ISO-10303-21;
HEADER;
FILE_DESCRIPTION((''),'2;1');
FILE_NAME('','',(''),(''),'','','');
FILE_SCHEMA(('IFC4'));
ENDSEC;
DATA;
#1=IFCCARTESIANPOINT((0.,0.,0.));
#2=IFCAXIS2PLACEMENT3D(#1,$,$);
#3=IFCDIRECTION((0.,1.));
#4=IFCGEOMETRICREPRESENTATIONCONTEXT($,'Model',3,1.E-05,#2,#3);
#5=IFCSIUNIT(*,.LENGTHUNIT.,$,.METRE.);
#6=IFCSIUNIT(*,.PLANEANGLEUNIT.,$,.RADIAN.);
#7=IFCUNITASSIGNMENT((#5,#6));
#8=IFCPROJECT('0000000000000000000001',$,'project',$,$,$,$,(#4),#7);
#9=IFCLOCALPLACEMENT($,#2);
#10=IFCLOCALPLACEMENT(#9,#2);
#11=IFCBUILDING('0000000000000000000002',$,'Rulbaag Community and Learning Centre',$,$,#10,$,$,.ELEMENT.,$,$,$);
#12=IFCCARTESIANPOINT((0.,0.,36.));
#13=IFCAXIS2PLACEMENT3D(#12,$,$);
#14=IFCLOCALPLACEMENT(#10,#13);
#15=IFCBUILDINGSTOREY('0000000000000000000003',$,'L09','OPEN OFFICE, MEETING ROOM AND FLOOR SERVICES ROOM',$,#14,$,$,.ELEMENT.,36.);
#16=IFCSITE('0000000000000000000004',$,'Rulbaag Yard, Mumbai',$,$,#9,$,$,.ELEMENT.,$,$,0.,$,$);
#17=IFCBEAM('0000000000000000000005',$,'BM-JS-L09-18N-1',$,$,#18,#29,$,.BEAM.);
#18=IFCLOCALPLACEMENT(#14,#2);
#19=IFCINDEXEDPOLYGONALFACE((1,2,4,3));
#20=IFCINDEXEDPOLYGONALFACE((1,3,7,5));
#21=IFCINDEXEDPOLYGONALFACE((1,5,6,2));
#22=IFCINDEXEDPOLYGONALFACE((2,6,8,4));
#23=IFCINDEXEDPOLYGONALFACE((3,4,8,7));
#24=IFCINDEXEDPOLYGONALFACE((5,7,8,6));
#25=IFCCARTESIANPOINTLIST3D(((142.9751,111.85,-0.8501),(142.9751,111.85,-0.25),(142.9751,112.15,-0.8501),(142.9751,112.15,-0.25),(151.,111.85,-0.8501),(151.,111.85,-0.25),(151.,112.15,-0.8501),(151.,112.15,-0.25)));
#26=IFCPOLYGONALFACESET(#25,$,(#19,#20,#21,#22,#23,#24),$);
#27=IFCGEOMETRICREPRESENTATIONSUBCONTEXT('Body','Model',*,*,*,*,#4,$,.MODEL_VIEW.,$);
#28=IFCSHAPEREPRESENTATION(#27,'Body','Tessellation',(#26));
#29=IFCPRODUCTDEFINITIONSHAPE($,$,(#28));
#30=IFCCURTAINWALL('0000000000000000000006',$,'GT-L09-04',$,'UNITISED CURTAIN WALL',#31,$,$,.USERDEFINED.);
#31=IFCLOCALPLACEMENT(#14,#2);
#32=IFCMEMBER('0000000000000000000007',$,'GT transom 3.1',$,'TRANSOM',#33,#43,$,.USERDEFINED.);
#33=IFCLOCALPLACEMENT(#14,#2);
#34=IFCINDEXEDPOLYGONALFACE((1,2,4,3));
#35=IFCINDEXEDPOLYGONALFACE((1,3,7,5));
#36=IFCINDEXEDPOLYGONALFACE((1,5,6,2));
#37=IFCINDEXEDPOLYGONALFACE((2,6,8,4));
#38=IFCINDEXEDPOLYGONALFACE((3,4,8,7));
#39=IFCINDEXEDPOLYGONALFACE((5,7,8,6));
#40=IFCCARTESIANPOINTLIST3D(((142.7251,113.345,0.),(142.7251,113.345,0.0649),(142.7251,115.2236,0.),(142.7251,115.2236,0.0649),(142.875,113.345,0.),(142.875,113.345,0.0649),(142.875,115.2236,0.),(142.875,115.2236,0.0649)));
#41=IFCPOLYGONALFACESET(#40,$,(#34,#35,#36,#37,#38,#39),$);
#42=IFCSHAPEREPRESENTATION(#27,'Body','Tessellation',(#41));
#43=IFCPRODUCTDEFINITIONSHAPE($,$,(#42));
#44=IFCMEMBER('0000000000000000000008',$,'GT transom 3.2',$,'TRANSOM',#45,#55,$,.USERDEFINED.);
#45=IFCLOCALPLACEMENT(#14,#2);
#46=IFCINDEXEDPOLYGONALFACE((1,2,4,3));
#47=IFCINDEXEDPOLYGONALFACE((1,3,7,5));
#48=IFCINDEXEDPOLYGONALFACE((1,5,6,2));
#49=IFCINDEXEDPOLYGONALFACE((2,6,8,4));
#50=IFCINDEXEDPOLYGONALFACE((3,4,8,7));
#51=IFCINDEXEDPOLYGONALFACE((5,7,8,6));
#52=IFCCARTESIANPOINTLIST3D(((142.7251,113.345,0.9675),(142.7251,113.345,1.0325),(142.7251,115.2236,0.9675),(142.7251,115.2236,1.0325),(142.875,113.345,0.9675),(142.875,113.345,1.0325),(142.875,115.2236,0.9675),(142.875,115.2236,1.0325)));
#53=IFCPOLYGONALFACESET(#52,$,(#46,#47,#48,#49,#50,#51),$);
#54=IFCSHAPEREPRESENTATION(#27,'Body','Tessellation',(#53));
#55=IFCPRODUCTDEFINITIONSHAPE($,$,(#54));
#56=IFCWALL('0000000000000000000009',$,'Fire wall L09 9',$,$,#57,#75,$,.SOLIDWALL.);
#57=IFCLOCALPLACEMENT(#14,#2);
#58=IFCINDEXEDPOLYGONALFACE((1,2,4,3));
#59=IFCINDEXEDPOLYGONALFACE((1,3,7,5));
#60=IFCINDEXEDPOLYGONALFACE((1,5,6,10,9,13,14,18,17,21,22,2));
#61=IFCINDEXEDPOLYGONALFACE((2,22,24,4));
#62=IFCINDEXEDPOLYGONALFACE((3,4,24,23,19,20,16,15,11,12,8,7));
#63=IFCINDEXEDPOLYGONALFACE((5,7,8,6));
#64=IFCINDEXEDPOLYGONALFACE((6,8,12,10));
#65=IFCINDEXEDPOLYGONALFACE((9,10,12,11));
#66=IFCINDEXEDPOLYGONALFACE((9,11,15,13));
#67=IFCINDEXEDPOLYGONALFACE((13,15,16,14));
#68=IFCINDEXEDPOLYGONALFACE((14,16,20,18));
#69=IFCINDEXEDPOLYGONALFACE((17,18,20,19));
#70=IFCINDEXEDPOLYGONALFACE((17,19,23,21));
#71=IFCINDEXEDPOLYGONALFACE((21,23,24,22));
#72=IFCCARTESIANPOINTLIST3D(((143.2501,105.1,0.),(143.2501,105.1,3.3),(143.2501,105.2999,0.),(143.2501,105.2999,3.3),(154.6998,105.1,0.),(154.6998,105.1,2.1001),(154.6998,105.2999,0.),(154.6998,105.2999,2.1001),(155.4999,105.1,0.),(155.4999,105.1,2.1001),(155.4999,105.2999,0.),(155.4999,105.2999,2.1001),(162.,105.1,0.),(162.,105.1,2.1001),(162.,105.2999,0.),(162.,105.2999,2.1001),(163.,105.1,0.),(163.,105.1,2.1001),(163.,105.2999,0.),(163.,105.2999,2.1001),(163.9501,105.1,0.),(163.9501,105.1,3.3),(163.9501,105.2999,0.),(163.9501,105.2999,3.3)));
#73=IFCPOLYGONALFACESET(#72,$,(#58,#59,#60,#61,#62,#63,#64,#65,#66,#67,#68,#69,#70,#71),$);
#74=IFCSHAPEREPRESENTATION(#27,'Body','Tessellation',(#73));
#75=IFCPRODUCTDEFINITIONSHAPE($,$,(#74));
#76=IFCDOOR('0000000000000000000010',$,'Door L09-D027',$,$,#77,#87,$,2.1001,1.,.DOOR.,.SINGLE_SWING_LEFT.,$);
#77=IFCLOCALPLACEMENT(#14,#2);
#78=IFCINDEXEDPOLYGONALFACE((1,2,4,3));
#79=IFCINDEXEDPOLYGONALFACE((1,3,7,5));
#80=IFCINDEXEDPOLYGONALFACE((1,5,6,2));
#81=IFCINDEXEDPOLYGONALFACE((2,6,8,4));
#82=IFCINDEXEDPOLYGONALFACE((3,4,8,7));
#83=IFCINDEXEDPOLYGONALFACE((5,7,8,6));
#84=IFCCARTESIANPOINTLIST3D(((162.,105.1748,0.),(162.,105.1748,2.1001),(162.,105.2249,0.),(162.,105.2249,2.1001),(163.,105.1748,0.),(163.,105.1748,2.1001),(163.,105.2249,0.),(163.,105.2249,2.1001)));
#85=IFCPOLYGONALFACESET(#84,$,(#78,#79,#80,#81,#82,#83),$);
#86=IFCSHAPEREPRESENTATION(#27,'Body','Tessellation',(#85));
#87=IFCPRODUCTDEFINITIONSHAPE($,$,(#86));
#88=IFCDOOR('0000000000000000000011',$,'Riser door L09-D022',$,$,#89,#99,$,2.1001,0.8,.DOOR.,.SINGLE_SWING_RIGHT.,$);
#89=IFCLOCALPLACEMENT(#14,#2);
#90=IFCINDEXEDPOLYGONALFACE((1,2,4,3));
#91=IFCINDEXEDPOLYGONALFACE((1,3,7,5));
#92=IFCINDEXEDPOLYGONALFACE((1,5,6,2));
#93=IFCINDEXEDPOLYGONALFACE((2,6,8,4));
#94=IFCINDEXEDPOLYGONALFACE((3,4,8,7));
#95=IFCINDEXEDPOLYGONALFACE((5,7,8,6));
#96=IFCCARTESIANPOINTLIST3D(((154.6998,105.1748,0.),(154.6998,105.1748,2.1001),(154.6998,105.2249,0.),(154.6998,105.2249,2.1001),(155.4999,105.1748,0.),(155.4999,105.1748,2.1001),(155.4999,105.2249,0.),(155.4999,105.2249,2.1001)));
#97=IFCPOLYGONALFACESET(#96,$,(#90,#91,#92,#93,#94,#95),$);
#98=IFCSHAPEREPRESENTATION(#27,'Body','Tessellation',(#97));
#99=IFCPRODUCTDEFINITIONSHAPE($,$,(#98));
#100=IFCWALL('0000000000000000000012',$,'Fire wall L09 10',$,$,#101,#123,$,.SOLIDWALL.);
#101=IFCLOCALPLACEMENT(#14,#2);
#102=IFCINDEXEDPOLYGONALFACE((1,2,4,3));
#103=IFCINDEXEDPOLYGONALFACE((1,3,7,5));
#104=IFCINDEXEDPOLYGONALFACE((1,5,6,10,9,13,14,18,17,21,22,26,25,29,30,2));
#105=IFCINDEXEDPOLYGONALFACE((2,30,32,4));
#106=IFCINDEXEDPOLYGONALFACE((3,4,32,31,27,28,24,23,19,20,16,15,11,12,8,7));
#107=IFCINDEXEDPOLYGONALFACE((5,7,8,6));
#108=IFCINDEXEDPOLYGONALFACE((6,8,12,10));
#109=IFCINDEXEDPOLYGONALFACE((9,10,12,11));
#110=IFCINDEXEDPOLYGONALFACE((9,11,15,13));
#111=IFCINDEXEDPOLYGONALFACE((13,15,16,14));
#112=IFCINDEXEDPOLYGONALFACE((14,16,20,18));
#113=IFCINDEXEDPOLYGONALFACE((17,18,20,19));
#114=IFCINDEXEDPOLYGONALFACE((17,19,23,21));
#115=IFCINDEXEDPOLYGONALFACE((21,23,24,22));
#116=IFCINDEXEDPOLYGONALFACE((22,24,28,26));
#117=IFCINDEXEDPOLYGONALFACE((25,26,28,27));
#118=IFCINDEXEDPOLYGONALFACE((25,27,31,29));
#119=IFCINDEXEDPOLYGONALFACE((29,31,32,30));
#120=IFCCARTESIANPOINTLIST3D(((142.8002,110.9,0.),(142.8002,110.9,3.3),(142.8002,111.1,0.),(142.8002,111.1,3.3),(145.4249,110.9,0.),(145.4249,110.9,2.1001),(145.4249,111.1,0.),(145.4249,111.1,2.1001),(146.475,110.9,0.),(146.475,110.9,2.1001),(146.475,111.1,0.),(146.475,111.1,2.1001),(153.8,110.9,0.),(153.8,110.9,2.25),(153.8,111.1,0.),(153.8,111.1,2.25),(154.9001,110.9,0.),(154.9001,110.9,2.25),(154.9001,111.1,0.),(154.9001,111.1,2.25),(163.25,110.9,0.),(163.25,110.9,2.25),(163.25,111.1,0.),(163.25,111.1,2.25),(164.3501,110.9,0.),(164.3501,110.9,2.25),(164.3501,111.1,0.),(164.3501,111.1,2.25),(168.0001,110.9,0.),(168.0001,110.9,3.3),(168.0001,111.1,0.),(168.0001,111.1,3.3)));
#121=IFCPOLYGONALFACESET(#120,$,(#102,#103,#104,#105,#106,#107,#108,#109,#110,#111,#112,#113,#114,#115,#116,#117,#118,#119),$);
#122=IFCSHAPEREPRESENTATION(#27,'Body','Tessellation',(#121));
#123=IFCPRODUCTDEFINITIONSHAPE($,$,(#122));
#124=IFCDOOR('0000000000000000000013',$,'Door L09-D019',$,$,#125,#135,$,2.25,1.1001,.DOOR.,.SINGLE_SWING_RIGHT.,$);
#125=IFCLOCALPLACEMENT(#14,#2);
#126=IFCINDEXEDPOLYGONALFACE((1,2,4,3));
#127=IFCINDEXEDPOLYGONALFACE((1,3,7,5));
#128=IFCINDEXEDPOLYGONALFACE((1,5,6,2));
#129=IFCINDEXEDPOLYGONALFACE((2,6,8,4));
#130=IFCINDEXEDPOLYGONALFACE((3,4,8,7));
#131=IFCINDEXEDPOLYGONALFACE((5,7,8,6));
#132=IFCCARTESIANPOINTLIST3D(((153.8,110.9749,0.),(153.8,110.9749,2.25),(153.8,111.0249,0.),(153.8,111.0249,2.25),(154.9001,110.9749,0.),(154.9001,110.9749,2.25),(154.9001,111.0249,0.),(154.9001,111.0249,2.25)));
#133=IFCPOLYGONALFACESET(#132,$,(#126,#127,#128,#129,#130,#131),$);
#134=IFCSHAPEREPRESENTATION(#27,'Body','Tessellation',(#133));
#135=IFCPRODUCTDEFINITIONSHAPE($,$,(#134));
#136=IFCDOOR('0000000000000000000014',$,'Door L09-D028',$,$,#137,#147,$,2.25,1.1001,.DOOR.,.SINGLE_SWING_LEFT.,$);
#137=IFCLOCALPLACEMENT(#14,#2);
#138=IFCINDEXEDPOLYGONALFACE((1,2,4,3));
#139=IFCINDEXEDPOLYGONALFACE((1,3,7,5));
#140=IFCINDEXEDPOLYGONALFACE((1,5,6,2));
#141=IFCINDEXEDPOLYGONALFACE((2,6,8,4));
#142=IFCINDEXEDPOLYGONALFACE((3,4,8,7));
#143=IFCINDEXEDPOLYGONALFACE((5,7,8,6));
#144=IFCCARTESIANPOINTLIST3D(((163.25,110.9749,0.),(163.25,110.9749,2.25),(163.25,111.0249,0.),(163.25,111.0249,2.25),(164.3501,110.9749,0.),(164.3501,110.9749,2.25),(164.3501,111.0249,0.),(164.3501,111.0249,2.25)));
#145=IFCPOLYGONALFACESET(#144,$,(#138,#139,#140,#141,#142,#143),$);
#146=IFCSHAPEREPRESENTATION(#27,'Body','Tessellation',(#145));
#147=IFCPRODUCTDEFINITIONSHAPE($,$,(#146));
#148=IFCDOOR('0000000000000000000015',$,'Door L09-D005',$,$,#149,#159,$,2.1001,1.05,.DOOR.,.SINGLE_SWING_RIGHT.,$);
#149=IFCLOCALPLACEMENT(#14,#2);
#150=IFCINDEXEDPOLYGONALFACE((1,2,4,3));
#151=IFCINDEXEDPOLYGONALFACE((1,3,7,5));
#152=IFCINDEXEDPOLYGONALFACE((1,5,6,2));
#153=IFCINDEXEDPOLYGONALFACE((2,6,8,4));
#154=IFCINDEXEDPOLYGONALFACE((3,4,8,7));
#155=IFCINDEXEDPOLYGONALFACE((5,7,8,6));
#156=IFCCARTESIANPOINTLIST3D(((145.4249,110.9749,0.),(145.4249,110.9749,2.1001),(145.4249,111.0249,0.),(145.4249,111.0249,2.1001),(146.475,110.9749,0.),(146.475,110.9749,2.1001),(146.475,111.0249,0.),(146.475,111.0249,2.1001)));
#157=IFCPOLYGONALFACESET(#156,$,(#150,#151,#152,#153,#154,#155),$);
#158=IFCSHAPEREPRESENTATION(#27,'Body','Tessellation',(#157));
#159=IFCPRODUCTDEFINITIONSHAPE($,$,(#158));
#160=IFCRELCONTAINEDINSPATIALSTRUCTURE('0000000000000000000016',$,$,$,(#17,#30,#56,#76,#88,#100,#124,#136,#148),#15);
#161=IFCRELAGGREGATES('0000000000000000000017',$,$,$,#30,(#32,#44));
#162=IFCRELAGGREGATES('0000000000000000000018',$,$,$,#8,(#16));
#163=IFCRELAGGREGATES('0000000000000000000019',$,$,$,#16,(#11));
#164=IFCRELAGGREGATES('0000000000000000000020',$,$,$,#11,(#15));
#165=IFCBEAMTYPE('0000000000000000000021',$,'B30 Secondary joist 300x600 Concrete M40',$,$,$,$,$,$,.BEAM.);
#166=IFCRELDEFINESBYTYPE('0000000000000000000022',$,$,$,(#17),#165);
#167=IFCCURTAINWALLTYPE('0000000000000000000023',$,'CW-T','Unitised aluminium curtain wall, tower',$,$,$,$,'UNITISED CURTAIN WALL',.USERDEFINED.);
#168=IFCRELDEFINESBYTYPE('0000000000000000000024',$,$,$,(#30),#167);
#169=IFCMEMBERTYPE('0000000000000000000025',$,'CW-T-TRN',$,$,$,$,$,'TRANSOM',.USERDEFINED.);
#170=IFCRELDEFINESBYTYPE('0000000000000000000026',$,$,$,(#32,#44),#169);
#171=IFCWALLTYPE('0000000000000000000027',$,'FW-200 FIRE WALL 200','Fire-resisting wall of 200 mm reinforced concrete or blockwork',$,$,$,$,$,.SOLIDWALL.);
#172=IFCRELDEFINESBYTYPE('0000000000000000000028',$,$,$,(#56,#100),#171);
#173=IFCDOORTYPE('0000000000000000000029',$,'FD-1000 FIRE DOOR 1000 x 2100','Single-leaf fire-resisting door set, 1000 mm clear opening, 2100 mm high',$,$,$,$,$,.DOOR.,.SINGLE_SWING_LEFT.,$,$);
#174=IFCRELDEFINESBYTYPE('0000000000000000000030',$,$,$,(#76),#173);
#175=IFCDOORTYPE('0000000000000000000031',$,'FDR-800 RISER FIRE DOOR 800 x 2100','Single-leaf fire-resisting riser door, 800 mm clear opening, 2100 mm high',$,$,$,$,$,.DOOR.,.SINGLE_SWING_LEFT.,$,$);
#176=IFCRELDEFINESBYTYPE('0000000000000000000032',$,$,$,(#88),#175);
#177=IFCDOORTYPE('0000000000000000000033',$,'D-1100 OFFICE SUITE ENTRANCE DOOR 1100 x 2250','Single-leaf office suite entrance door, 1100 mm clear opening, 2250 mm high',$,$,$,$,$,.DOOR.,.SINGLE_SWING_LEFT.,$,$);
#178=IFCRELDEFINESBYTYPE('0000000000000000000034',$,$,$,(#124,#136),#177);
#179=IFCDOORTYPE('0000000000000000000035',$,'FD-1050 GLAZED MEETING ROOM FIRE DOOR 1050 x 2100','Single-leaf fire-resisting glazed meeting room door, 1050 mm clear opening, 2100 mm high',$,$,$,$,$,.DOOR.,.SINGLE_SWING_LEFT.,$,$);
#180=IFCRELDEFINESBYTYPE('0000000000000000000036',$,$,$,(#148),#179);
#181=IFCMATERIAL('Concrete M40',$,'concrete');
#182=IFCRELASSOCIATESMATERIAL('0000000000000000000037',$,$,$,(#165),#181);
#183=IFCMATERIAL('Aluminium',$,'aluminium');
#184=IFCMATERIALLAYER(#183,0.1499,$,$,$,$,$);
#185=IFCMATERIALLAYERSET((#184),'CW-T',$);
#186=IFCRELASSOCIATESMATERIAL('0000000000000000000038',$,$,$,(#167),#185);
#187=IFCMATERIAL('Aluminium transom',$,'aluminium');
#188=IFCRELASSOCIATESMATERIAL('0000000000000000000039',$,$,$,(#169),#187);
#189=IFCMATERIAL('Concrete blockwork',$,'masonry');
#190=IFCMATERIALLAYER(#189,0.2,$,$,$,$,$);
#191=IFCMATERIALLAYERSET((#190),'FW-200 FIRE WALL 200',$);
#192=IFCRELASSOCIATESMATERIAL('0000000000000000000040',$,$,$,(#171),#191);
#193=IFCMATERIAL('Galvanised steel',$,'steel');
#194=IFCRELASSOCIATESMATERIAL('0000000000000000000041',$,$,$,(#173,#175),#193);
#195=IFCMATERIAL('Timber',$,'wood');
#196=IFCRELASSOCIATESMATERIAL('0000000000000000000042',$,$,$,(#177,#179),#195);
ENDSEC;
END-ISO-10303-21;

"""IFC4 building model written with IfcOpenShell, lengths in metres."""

from ifc_helpers import new_model, si_unit, direction, frame, frame_2d, origin, origin_2d, place, context, subcontext, project, spatial, rectangle, extrude, material, layer, layer_set, material_profile, profile_set, type_object, element, fill, aggregate, save


model = new_model("IFC4")

# Units and contexts
model_context = context("Model", 3, precision=1e-05, world=origin(), true_north=direction((0.0, 1.0)))
body_context = subcontext(model_context, "Body", "Model", "MODEL_VIEW")
ifc_project = project(units=[si_unit("LENGTHUNIT", "METRE"), si_unit("PLANEANGLEUNIT", "RADIAN")], contexts=[model_context])

# Site, building, storey
site_placement = place(None, origin())
site = spatial("IfcSite", under=ifc_project, at=site_placement, Name="Rulbaag Yard, Mumbai", CompositionType="ELEMENT", RefElevation=0.0)
building_placement = place(site_placement, origin())
building = spatial("IfcBuilding", under=site, at=building_placement, Name="Rulbaag Community and Learning Centre", CompositionType="ELEMENT")
storey_placement = place(building_placement, frame((0.0, 0.0, 36.0)))
storey = spatial("IfcBuildingStorey", under=building, at=storey_placement, Name="L09", Description="OPEN OFFICE, MEETING ROOM AND FLOOR SERVICES ROOM", CompositionType="ELEMENT", Elevation=36.0)

# Beam
ifc_material_1 = material(Name="Concrete M40", Category="concrete")
ifc_material_profile_1 = material_profile(ifc_material_1, rectangle(XDim=0.3, YDim=0.6001, at=origin_2d()), Name="RB300x600")
ifc_profile_set_1 = profile_set([ifc_material_profile_1], Name="Concrete M40")
beam_type = type_object("IfcBeamType", Name="B30 Secondary joist 300x600 Concrete M40", PredefinedType="BEAM", material=ifc_profile_set_1)
beam_placement = place(storey_placement, frame((142.9751, 112.0, -0.55), z_axis=(1.0, 0.0, 0.0), x_axis=(0.0, 1.0, 0.0)))
element("IfcBeam", 1, at=beam_placement, inside=storey, type_object=beam_type, Name="BM-JS-L09-18N-1", PredefinedType="BEAM", context=body_context, shape_type="SweptSolid", body=[
    extrude(rectangle(XDim=0.3, YDim=0.6001, at=origin_2d()), origin(), (0.0, 0.0, 1.0), 8.0249),
])

# Curtain wall, members
ifc_material_2 = material(Name="Aluminium", Category="aluminium")
ifc_layer_1 = layer(ifc_material_2, 0.1499)
ifc_layer_set_1 = layer_set([ifc_layer_1], Name="CW-T")
curtain_wall_type = type_object("IfcCurtainWallType", Name="CW-T", Description="Unitised aluminium curtain wall, tower", ElementType="UNITISED CURTAIN WALL", PredefinedType="USERDEFINED", material=ifc_layer_set_1)
curtain_wall_placement = place(storey_placement, origin())
curtain_wall = element("IfcCurtainWall", 2, at=curtain_wall_placement, inside=storey, type_object=curtain_wall_type, Name="GT-L09-04", ObjectType="UNITISED CURTAIN WALL", PredefinedType="USERDEFINED")
ifc_material_3 = material(Name="Aluminium transom", Category="aluminium")
ifc_material_profile_2 = material_profile(ifc_material_3, rectangle(XDim=0.1499, YDim=0.0649, at=origin_2d()), Name="AL 65x150 T")
ifc_profile_set_2 = profile_set([ifc_material_profile_2], Name="Aluminium transom")
member_type = type_object("IfcMemberType", Name="CW-T-TRN", ElementType="TRANSOM", PredefinedType="USERDEFINED", material=ifc_profile_set_2)
member_1_placement = place(storey_placement, frame((142.8, 113.345, 0.0325), z_axis=(0.0, 1.0, 0.0), x_axis=(-1.0, 0.0, 0.0)))
member_1 = element("IfcMember", 3, at=member_1_placement, type_object=member_type, Name="GT transom 3.1", ObjectType="TRANSOM", PredefinedType="USERDEFINED", context=body_context, shape_type="SweptSolid", body=[
    extrude(rectangle(XDim=0.1499, YDim=0.0649, at=origin_2d()), origin(), (0.0, 0.0, 1.0), 1.8787),
])
member_2_placement = place(storey_placement, frame((142.8, 113.345, 1.0), z_axis=(0.0, 1.0, 0.0), x_axis=(-1.0, 0.0, 0.0)))
member_2 = element("IfcMember", 4, at=member_2_placement, type_object=member_type, Name="GT transom 3.2", ObjectType="TRANSOM", PredefinedType="USERDEFINED", context=body_context, shape_type="SweptSolid", body=[
    extrude(rectangle(XDim=0.1499, YDim=0.0649, at=origin_2d()), origin(), (0.0, 0.0, 1.0), 1.8787),
])
aggregate(curtain_wall, [member_1, member_2])

# Walls, openings, doors
ifc_material_4 = material(Name="Concrete blockwork", Category="masonry")
ifc_layer_2 = layer(ifc_material_4, 0.2)
ifc_layer_set_2 = layer_set([ifc_layer_2], Name="FW-200 FIRE WALL 200")
wall_type_1 = type_object("IfcWallType", Name="FW-200 FIRE WALL 200", Description="Fire-resisting wall of 200 mm reinforced concrete or blockwork", PredefinedType="SOLIDWALL", material=ifc_layer_set_2)
wall_1_placement = place(storey_placement, frame((143.25, 105.2, 0.0), z_axis=(0.0, 0.0, 1.0), x_axis=(1.0, 0.0, 0.0)))
wall_1 = element("IfcWall", 5, at=wall_1_placement, inside=storey, type_object=wall_type_1, Name="Fire wall L09 9", PredefinedType="SOLIDWALL", context=body_context, shape_type="SweptSolid", body=[
    extrude(rectangle(XDim=20.7, YDim=0.2, at=frame_2d((10.3501, 0.0))), origin(), (0.0, 0.0, 1.0), 3.3),
])
opening_1_placement = place(wall_1_placement, frame((11.45, 0.0, 0.0)))
opening_1 = element("IfcOpeningElement", 6, at=opening_1_placement, cuts=wall_1, PredefinedType="OPENING", context=body_context, shape_type="SweptSolid", body=[
    extrude(rectangle(XDim=0.8, YDim=2.1001, at=frame_2d((0.3999, 1.05))), frame((0.0, 0.1099, 0.0), z_axis=(0.0, -1.0, 0.0), x_axis=(1.0, 0.0, 0.0)), (0.0, 0.0, 1.0), 0.22),
])
opening_2_placement = place(wall_1_placement, frame((18.75, 0.0, 0.0)))
opening_2 = element("IfcOpeningElement", 7, at=opening_2_placement, cuts=wall_1, PredefinedType="OPENING", context=body_context, shape_type="SweptSolid", body=[
    extrude(rectangle(XDim=1.0, YDim=2.1001, at=frame_2d((0.5, 1.05))), frame((0.0, 0.1099, 0.0), z_axis=(0.0, -1.0, 0.0), x_axis=(1.0, 0.0, 0.0)), (0.0, 0.0, 1.0), 0.22),
])
ifc_material_5 = material(Name="Galvanised steel", Category="steel")
door_type_1 = type_object("IfcDoorType", Name="FD-1000 FIRE DOOR 1000 x 2100", Description="Single-leaf fire-resisting door set, 1000 mm clear opening, 2100 mm high", OperationType="SINGLE_SWING_LEFT", PredefinedType="DOOR", material=ifc_material_5)
door_1_placement = place(opening_2_placement, origin())
door_1 = element("IfcDoor", 8, at=door_1_placement, inside=storey, type_object=door_type_1, Name="Door L09-D027", OperationType="SINGLE_SWING_LEFT", OverallHeight=2.1001, OverallWidth=1.0, PredefinedType="DOOR", context=body_context, shape_type="SweptSolid", body=[
    extrude(rectangle(XDim=1.0, YDim=2.1001, at=frame_2d((0.5, 1.05))), frame((0.0, 0.0249, 0.0), z_axis=(0.0, -1.0, 0.0), x_axis=(1.0, 0.0, 0.0)), (0.0, 0.0, 1.0), 0.05),
])
fill(opening_2, door_1)
door_type_2 = type_object("IfcDoorType", Name="FDR-800 RISER FIRE DOOR 800 x 2100", Description="Single-leaf fire-resisting riser door, 800 mm clear opening, 2100 mm high", OperationType="SINGLE_SWING_LEFT", PredefinedType="DOOR", material=ifc_material_5)
door_2_placement = place(opening_1_placement, origin())
door_2 = element("IfcDoor", 9, at=door_2_placement, inside=storey, type_object=door_type_2, Name="Riser door L09-D022", OperationType="SINGLE_SWING_RIGHT", OverallHeight=2.1001, OverallWidth=0.8, PredefinedType="DOOR", context=body_context, shape_type="SweptSolid", body=[
    extrude(rectangle(XDim=0.8, YDim=2.1001, at=frame_2d((0.3999, 1.05))), frame((0.0, 0.0249, 0.0), z_axis=(0.0, -1.0, 0.0), x_axis=(1.0, 0.0, 0.0)), (0.0, 0.0, 1.0), 0.05),
])
fill(opening_1, door_2)
wall_2_placement = place(storey_placement, frame((142.8, 111.0, 0.0), z_axis=(0.0, 0.0, 1.0), x_axis=(1.0, 0.0, 0.0)))
wall_2 = element("IfcWall", 10, at=wall_2_placement, inside=storey, type_object=wall_type_1, Name="Fire wall L09 10", PredefinedType="SOLIDWALL", context=body_context, shape_type="SweptSolid", body=[
    extrude(rectangle(XDim=25.2, YDim=0.2, at=frame_2d((12.6001, 0.0))), origin(), (0.0, 0.0, 1.0), 3.3),
])
opening_3_placement = place(wall_2_placement, frame((2.625, 0.0, 0.0)))
opening_3 = element("IfcOpeningElement", 11, at=opening_3_placement, cuts=wall_2, PredefinedType="OPENING", context=body_context, shape_type="SweptSolid", body=[
    extrude(rectangle(XDim=1.05, YDim=2.1001, at=frame_2d((0.5249, 1.05))), frame((0.0, 0.1099, 0.0), z_axis=(0.0, -1.0, 0.0), x_axis=(1.0, 0.0, 0.0)), (0.0, 0.0, 1.0), 0.22),
])
opening_4_placement = place(wall_2_placement, frame((11.0, 0.0, 0.0)))
opening_4 = element("IfcOpeningElement", 12, at=opening_4_placement, cuts=wall_2, PredefinedType="OPENING", context=body_context, shape_type="SweptSolid", body=[
    extrude(rectangle(XDim=1.1001, YDim=2.25, at=frame_2d((0.55, 1.125))), frame((0.0, 0.1099, 0.0), z_axis=(0.0, -1.0, 0.0), x_axis=(1.0, 0.0, 0.0)), (0.0, 0.0, 1.0), 0.22),
])
opening_5_placement = place(wall_2_placement, frame((20.45, 0.0, 0.0)))
opening_5 = element("IfcOpeningElement", 13, at=opening_5_placement, cuts=wall_2, PredefinedType="OPENING", context=body_context, shape_type="SweptSolid", body=[
    extrude(rectangle(XDim=1.1001, YDim=2.25, at=frame_2d((0.55, 1.125))), frame((0.0, 0.1099, 0.0), z_axis=(0.0, -1.0, 0.0), x_axis=(1.0, 0.0, 0.0)), (0.0, 0.0, 1.0), 0.22),
])
ifc_material_6 = material(Name="Timber", Category="wood")
door_type_3 = type_object("IfcDoorType", Name="D-1100 OFFICE SUITE ENTRANCE DOOR 1100 x 2250", Description="Single-leaf office suite entrance door, 1100 mm clear opening, 2250 mm high", OperationType="SINGLE_SWING_LEFT", PredefinedType="DOOR", material=ifc_material_6)
door_3_placement = place(opening_4_placement, origin())
door_3 = element("IfcDoor", 14, at=door_3_placement, inside=storey, type_object=door_type_3, Name="Door L09-D019", OperationType="SINGLE_SWING_RIGHT", OverallHeight=2.25, OverallWidth=1.1001, PredefinedType="DOOR", context=body_context, shape_type="SweptSolid", body=[
    extrude(rectangle(XDim=1.1001, YDim=2.25, at=frame_2d((0.55, 1.125))), frame((0.0, 0.0249, 0.0), z_axis=(0.0, -1.0, 0.0), x_axis=(1.0, 0.0, 0.0)), (0.0, 0.0, 1.0), 0.05),
])
fill(opening_4, door_3)
door_4_placement = place(opening_5_placement, origin())
door_4 = element("IfcDoor", 15, at=door_4_placement, inside=storey, type_object=door_type_3, Name="Door L09-D028", OperationType="SINGLE_SWING_LEFT", OverallHeight=2.25, OverallWidth=1.1001, PredefinedType="DOOR", context=body_context, shape_type="SweptSolid", body=[
    extrude(rectangle(XDim=1.1001, YDim=2.25, at=frame_2d((0.55, 1.125))), frame((0.0, 0.0249, 0.0), z_axis=(0.0, -1.0, 0.0), x_axis=(1.0, 0.0, 0.0)), (0.0, 0.0, 1.0), 0.05),
])
fill(opening_5, door_4)
door_type_4 = type_object("IfcDoorType", Name="FD-1050 GLAZED MEETING ROOM FIRE DOOR 1050 x 2100", Description="Single-leaf fire-resisting glazed meeting room door, 1050 mm clear opening, 2100 mm high", OperationType="SINGLE_SWING_LEFT", PredefinedType="DOOR", material=ifc_material_6)
door_5_placement = place(opening_3_placement, origin())
door_5 = element("IfcDoor", 16, at=door_5_placement, inside=storey, type_object=door_type_4, Name="Door L09-D005", OperationType="SINGLE_SWING_RIGHT", OverallHeight=2.1001, OverallWidth=1.05, PredefinedType="DOOR", context=body_context, shape_type="SweptSolid", body=[
    extrude(rectangle(XDim=1.05, YDim=2.1001, at=frame_2d((0.5249, 1.05))), frame((0.0, 0.0249, 0.0), z_axis=(0.0, -1.0, 0.0), x_axis=(1.0, 0.0, 0.0)), (0.0, 0.0, 1.0), 0.05),
])
fill(opening_3, door_5)

save(model, "model.ifc")
